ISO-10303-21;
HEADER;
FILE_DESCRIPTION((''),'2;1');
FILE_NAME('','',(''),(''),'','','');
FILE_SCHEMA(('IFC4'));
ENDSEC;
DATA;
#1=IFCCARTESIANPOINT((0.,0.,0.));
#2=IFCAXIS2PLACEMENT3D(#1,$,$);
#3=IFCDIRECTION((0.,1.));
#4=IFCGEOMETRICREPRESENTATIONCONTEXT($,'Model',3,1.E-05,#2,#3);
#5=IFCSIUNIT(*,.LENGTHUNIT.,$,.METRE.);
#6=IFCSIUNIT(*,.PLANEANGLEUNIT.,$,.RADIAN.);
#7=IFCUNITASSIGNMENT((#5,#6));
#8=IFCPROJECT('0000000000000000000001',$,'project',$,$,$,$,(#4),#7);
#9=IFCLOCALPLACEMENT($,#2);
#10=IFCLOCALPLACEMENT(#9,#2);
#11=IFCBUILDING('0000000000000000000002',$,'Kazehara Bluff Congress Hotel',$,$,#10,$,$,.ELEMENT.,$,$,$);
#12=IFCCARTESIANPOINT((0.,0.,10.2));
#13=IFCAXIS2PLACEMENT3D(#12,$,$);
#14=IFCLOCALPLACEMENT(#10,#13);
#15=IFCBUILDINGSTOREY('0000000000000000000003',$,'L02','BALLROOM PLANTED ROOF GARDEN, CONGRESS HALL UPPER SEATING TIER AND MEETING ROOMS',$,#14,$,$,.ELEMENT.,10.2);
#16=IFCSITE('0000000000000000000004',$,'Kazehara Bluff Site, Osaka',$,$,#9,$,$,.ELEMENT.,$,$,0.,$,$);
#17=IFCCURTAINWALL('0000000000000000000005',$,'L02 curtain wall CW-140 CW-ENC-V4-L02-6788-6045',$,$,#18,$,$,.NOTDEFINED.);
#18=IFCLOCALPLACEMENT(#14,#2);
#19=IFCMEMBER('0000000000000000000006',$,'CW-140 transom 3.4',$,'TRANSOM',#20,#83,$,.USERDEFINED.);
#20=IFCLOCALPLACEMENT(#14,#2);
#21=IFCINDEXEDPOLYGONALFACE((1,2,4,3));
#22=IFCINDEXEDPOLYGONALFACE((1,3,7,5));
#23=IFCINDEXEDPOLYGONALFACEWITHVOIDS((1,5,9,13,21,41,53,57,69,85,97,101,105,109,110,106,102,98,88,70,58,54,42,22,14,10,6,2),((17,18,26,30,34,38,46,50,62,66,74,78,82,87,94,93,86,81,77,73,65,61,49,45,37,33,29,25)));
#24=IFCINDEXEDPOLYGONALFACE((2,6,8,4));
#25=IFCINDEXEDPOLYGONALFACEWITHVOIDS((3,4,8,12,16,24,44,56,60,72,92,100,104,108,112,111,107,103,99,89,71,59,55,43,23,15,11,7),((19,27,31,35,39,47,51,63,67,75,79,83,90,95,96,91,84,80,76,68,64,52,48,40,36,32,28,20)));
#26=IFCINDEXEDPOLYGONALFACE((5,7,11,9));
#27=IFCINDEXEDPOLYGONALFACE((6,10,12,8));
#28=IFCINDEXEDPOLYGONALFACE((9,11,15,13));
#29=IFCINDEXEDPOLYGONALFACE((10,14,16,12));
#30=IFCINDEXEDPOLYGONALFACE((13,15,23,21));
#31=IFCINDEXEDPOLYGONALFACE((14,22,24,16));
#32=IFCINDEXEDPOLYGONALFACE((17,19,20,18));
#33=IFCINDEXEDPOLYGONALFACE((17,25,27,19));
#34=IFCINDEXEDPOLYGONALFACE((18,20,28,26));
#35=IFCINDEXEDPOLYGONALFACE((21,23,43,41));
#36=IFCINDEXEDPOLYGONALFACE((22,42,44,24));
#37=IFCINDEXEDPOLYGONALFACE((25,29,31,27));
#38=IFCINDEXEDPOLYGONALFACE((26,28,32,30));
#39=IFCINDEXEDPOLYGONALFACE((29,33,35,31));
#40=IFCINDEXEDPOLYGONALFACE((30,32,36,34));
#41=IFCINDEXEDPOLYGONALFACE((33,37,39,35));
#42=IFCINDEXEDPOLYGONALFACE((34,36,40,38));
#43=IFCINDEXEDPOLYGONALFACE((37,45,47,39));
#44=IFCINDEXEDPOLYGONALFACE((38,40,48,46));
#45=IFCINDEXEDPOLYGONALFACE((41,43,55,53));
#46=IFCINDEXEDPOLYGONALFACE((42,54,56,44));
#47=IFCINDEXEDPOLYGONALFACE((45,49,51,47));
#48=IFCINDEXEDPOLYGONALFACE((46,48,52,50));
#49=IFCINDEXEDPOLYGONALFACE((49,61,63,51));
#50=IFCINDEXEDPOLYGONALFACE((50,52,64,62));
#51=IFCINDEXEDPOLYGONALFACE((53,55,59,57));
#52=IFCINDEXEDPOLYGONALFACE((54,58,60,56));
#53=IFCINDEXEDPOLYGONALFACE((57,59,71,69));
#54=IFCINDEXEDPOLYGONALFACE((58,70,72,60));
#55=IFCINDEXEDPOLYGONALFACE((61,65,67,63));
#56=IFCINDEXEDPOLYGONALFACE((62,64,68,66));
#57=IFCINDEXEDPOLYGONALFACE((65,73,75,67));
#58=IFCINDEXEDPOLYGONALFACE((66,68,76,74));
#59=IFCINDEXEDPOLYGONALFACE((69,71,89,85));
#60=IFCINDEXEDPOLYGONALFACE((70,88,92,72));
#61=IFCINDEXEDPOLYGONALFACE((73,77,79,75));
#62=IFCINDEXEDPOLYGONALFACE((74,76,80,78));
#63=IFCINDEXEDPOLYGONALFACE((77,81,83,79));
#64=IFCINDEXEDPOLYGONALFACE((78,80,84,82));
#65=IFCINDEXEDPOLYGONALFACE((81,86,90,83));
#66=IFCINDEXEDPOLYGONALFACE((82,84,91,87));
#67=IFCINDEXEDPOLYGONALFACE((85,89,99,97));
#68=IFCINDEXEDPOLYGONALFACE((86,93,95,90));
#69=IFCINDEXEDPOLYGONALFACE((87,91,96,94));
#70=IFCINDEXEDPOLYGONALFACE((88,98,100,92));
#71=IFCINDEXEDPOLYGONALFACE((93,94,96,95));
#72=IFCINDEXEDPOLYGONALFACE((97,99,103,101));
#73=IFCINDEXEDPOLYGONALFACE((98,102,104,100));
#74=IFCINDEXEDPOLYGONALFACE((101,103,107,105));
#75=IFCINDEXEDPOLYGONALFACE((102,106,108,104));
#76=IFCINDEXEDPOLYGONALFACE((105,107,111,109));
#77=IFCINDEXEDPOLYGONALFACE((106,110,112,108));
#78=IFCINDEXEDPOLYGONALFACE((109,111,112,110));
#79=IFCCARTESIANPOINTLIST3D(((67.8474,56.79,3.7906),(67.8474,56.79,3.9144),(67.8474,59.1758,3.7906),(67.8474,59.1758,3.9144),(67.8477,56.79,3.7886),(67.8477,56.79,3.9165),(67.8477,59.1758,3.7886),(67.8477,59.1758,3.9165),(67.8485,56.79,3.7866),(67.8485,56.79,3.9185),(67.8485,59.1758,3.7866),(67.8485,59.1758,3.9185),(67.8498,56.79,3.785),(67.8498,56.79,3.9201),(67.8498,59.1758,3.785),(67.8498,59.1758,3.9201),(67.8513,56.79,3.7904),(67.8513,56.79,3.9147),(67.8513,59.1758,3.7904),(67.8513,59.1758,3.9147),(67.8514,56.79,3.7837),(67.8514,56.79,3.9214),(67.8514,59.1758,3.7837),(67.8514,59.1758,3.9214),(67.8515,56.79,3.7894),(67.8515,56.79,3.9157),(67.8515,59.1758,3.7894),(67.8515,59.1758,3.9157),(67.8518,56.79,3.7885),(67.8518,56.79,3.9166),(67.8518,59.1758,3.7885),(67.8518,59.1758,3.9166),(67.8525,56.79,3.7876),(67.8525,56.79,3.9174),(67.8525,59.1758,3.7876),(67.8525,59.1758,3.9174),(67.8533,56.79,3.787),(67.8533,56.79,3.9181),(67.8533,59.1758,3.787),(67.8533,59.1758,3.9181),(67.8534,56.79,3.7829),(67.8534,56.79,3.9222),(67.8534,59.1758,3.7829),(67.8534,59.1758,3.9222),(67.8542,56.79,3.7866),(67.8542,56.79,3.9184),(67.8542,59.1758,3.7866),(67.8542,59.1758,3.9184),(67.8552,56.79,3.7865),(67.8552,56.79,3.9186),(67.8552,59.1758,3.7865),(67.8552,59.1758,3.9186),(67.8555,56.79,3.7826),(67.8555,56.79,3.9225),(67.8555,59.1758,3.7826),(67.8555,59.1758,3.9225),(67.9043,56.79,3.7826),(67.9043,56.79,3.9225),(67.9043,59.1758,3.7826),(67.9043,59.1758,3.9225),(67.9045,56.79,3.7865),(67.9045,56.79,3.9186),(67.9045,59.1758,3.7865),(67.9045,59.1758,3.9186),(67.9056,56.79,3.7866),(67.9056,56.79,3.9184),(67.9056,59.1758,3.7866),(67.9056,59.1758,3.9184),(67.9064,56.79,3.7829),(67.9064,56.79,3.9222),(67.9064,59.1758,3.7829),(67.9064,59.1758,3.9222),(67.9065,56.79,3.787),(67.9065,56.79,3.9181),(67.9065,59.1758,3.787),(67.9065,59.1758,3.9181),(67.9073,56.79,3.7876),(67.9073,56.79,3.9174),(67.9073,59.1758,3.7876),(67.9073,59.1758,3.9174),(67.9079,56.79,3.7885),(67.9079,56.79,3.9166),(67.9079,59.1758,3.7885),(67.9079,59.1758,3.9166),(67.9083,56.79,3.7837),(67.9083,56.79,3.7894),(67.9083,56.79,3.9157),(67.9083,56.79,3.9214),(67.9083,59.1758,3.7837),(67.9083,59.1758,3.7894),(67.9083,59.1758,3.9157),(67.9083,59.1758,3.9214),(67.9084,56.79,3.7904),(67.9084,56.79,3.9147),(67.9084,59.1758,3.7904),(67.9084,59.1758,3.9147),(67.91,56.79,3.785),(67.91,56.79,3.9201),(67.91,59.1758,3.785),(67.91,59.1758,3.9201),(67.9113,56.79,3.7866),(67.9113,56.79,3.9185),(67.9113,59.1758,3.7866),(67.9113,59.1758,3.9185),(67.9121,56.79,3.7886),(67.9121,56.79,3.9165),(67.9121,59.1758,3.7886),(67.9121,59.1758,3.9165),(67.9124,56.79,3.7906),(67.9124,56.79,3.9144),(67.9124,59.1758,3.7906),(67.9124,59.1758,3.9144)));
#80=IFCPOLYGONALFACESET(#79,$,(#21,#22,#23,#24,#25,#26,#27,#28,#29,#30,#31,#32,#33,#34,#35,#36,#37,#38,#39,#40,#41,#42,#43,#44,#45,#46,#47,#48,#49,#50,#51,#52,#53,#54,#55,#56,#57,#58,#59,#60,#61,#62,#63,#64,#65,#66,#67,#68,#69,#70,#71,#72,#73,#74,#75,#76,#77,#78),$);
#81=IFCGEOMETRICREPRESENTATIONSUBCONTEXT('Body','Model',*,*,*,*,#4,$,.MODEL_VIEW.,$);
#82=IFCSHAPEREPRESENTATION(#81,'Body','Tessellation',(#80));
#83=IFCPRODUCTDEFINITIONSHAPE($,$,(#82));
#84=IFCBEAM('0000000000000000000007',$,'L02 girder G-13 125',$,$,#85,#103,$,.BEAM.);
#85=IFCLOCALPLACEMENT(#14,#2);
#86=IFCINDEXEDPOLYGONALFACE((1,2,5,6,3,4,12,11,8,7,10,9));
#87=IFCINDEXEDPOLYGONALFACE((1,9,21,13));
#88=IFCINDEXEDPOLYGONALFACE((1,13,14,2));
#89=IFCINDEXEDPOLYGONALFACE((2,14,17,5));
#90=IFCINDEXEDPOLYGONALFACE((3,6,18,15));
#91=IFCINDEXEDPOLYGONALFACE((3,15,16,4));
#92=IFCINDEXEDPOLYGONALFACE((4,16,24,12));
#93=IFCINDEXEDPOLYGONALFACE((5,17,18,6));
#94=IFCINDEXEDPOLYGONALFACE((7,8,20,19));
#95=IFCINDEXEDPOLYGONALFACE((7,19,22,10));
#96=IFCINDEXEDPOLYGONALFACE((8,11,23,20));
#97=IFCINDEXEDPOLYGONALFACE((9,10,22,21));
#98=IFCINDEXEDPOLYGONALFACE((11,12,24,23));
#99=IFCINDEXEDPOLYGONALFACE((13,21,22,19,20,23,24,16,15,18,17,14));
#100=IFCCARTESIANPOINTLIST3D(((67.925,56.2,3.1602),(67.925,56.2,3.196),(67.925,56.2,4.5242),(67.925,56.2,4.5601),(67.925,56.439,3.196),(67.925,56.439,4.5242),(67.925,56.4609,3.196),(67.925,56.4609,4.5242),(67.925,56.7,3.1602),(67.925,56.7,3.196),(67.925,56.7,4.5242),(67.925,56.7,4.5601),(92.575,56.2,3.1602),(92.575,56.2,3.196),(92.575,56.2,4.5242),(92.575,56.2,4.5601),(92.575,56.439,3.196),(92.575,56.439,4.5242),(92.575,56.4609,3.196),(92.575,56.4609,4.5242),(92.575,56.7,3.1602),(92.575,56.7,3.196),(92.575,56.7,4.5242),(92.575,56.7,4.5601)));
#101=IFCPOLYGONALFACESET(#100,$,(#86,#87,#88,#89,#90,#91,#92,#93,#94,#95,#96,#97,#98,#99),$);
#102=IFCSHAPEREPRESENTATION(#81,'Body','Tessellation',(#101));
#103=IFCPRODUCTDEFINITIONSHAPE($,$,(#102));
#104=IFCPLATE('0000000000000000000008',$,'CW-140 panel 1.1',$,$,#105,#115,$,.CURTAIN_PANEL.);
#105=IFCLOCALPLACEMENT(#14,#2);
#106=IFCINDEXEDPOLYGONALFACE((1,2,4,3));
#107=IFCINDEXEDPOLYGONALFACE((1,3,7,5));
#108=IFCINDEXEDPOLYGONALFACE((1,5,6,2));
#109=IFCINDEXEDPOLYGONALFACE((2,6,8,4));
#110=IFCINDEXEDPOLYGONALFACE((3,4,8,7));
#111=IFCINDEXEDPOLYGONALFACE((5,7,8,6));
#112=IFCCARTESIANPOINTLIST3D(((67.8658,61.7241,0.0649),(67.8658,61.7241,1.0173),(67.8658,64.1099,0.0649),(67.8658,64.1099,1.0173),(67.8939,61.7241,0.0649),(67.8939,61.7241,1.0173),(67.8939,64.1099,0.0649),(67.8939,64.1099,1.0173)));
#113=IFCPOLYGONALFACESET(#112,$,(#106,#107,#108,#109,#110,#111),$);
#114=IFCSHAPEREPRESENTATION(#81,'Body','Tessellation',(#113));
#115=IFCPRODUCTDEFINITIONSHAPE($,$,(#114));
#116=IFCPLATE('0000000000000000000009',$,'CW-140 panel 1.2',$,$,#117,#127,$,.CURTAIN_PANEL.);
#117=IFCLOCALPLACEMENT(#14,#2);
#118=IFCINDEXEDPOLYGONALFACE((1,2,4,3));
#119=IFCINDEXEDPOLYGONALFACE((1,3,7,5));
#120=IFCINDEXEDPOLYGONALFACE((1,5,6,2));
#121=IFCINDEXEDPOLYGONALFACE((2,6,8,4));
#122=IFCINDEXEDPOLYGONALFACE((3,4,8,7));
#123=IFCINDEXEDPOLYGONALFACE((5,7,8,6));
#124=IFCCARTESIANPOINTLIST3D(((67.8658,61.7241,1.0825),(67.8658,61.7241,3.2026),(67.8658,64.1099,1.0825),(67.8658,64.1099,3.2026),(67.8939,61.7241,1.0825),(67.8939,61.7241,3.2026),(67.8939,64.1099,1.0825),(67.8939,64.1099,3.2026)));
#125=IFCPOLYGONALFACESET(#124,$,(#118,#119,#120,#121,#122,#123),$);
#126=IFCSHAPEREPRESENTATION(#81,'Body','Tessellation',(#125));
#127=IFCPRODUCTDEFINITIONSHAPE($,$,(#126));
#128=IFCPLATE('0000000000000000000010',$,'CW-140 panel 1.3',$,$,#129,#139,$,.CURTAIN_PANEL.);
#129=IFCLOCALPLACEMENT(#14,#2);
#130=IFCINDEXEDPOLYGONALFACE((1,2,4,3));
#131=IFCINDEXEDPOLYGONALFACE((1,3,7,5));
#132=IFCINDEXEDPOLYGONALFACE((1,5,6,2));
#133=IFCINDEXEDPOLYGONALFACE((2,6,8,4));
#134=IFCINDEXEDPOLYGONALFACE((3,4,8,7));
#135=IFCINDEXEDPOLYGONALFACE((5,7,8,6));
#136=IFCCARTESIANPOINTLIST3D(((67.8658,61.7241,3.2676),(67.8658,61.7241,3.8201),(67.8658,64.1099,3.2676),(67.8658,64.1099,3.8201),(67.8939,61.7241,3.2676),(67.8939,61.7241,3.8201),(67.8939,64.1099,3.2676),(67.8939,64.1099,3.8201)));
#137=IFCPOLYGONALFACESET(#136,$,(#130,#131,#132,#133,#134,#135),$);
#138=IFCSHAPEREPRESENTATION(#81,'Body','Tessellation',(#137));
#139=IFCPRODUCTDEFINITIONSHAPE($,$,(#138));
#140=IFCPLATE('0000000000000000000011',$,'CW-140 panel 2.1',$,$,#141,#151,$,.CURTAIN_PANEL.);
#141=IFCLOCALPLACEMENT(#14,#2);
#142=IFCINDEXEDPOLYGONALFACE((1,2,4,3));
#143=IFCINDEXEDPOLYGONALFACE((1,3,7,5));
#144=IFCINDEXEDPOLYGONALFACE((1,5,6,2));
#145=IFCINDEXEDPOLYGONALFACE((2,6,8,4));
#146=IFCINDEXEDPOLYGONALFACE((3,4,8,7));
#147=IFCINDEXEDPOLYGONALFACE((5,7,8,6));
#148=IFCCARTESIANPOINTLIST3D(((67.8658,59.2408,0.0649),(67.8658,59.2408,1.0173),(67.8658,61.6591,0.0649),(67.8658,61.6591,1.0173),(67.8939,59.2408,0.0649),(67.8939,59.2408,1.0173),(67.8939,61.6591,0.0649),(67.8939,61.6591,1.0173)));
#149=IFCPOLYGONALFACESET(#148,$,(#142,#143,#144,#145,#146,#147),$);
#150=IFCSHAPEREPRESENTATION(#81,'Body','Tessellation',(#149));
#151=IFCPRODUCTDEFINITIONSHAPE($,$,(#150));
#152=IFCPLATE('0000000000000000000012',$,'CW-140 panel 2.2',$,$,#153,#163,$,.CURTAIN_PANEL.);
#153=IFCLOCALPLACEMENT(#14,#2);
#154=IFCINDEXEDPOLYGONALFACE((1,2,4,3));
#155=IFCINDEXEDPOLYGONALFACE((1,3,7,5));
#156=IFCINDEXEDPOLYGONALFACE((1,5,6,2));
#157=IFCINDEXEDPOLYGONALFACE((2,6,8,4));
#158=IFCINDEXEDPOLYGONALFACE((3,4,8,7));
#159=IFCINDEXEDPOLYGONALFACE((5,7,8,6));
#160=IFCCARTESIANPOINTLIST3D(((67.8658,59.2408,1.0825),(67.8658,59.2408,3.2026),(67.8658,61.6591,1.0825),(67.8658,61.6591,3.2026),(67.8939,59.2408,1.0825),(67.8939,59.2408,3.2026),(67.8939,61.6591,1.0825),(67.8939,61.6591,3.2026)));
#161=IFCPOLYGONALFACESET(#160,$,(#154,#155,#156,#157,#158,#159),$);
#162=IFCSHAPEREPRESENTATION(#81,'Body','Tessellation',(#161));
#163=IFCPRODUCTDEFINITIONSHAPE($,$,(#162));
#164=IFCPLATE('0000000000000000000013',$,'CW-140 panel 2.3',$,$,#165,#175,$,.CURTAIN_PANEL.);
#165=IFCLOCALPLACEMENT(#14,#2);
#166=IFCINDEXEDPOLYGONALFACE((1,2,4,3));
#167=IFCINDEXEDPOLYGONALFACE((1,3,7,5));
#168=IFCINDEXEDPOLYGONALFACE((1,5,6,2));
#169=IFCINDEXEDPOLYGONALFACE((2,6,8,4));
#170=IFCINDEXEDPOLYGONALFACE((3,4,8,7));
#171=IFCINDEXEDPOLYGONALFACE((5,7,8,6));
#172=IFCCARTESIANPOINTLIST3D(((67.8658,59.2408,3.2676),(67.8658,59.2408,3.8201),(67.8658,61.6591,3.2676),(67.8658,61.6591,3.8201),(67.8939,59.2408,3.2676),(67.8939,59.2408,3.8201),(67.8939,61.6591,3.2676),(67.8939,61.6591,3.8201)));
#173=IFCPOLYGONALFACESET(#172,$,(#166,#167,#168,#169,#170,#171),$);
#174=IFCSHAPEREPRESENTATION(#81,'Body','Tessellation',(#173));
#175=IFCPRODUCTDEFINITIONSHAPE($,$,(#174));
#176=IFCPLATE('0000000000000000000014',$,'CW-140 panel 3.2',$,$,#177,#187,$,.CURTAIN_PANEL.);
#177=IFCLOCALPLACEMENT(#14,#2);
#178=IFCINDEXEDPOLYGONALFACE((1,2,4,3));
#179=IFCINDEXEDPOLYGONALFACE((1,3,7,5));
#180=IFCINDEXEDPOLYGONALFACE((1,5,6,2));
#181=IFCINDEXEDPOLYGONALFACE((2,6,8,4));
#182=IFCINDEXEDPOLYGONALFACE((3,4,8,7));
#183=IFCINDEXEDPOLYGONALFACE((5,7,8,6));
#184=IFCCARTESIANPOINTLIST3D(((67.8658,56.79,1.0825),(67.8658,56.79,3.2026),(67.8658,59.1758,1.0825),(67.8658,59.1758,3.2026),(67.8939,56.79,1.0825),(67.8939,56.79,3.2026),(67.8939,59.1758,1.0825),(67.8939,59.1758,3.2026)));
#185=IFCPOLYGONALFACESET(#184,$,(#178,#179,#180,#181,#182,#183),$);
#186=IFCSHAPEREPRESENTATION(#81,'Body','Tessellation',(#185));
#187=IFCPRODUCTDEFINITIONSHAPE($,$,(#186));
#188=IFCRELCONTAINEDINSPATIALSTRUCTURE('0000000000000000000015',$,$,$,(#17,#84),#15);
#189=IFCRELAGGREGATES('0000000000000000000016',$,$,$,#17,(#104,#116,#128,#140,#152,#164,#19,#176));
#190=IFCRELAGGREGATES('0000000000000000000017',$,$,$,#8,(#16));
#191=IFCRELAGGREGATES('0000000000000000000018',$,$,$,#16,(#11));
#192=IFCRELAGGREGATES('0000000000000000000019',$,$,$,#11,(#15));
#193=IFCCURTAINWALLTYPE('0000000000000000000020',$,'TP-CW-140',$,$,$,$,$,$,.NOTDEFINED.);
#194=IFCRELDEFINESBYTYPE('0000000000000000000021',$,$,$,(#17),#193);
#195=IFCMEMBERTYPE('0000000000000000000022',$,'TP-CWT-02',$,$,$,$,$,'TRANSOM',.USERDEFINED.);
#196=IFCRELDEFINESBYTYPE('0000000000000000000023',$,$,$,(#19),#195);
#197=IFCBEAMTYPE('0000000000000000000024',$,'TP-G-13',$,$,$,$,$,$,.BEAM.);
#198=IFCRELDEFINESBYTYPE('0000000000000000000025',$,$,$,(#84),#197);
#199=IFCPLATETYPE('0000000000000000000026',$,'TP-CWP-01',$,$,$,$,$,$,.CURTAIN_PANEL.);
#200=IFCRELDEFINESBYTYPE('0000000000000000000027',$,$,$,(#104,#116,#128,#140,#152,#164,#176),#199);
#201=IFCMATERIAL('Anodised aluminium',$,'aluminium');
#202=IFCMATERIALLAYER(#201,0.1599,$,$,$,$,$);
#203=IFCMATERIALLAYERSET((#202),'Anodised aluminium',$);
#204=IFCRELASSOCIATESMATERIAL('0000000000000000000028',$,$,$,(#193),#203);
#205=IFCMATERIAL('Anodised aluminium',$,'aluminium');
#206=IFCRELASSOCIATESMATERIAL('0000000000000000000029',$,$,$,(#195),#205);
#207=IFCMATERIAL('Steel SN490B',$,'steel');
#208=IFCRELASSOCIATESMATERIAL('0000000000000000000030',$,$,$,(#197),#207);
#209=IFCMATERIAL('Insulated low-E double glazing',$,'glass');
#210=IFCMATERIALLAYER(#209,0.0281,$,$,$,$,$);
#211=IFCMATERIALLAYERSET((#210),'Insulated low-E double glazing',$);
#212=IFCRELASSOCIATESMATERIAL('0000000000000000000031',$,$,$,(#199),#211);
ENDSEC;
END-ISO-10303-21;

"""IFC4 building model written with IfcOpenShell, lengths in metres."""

from ifc_helpers import new_model, si_unit, direction, frame, origin, origin_2d, place, context, subcontext, project, spatial, rectangle, hollow_rectangle, i_section, extrude, material, layer, layer_set, material_profile, profile_set, type_object, element, aggregate, save


model = new_model("IFC4")

# Units and contexts
model_context = context("Model", 3, precision=1e-05, world=origin(), true_north=direction((0.0, 1.0)))
body_context = subcontext(model_context, "Body", "Model", "MODEL_VIEW")
ifc_project = project(units=[si_unit("LENGTHUNIT", "METRE"), si_unit("PLANEANGLEUNIT", "RADIAN")], contexts=[model_context])

# Site, building, storey
site_placement = place(None, origin())
site = spatial("IfcSite", under=ifc_project, at=site_placement, Name="Kazehara Bluff Site, Osaka", CompositionType="ELEMENT", RefElevation=0.0)
building_placement = place(site_placement, origin())
building = spatial("IfcBuilding", under=site, at=building_placement, Name="Kazehara Bluff Congress Hotel", CompositionType="ELEMENT")
storey_placement = place(building_placement, frame((0.0, 0.0, 10.2)))
storey = spatial("IfcBuildingStorey", under=building, at=storey_placement, Name="L02", Description="BALLROOM PLANTED ROOF GARDEN, CONGRESS HALL UPPER SEATING TIER AND MEETING ROOMS", CompositionType="ELEMENT", Elevation=10.2)

# Curtain wall, member
ifc_material_1 = material(Name="Anodised aluminium", Category="aluminium")
ifc_layer_1 = layer(ifc_material_1, 0.1599)
ifc_layer_set_1 = layer_set([ifc_layer_1], Name="Anodised aluminium")
curtain_wall_type = type_object("IfcCurtainWallType", Name="TP-CW-140", PredefinedType="NOTDEFINED", material=ifc_layer_set_1)
curtain_wall_placement = place(storey_placement, origin())
curtain_wall = element("IfcCurtainWall", 1, at=curtain_wall_placement, inside=storey, type_object=curtain_wall_type, Name="L02 curtain wall CW-140 CW-ENC-V4-L02-6788-6045", PredefinedType="NOTDEFINED")
ifc_material_2 = material(Name="Anodised aluminium", Category="aluminium")
ifc_material_profile_1 = material_profile(ifc_material_2, hollow_rectangle(XDim=0.0649, YDim=0.1399, WallThickness=0.0039, InnerFilletRadius=0.0039, OuterFilletRadius=0.0081, at=origin_2d()))
ifc_profile_set_1 = profile_set([ifc_material_profile_1], Name="Anodised aluminium")
member_type_1 = type_object("IfcMemberType", Name="TP-CWT-02", ElementType="TRANSOM", PredefinedType="USERDEFINED", material=ifc_profile_set_1)
member_1_placement = place(storey_placement, frame((67.8799, 59.1758, 3.8525), z_axis=(0.0, -1.0, 0.0), x_axis=(1.0, 0.0, 0.0)))
member_1 = element("IfcMember", 2, at=member_1_placement, type_object=member_type_1, Name="CW-140 transom 3.4", ObjectType="TRANSOM", PredefinedType="USERDEFINED", context=body_context, shape_type="SweptSolid", body=[
    extrude(hollow_rectangle(XDim=0.0649, YDim=0.1399, WallThickness=0.0039, InnerFilletRadius=0.0039, OuterFilletRadius=0.0081, at=origin_2d()), origin(), (0.0, 0.0, 1.0), 2.3857),
])

# Beam
ifc_material_3 = material(Name="Steel SN490B", Category="steel")
ifc_material_profile_2 = material_profile(ifc_material_3, i_section(OverallWidth=0.5, OverallDepth=1.3999, WebThickness=0.022, FlangeThickness=0.0359, at=origin_2d()))
ifc_profile_set_2 = profile_set([ifc_material_profile_2], Name="Steel SN490B")
beam_type = type_object("IfcBeamType", Name="TP-G-13", PredefinedType="BEAM", material=ifc_profile_set_2)
beam_placement = place(storey_placement, frame((67.925, 56.45, 3.8601), z_axis=(1.0, 0.0, 0.0), x_axis=(0.0, 1.0, 0.0)))
element("IfcBeam", 3, at=beam_placement, inside=storey, type_object=beam_type, Name="L02 girder G-13 125", PredefinedType="BEAM", context=body_context, shape_type="SweptSolid", body=[
    extrude(i_section(OverallWidth=0.5, OverallDepth=1.3999, WebThickness=0.022, FlangeThickness=0.0359, at=origin_2d()), origin(), (0.0, 0.0, 1.0), 24.6499),
])

# Plates
ifc_material_4 = material(Name="Insulated low-E double glazing", Category="glass")
ifc_layer_2 = layer(ifc_material_4, 0.0281)
ifc_layer_set_2 = layer_set([ifc_layer_2], Name="Insulated low-E double glazing")
plate_type = type_object("IfcPlateType", Name="TP-CWP-01", PredefinedType="CURTAIN_PANEL", material=ifc_layer_set_2)
plate_1_placement = place(storey_placement, frame((67.8799, 62.917, 0.0649), z_axis=(0.0, 0.0, 1.0), x_axis=(0.0, -1.0, 0.0)))
plate_1 = element("IfcPlate", 4, at=plate_1_placement, type_object=plate_type, Name="CW-140 panel 1.1", PredefinedType="CURTAIN_PANEL", context=body_context, shape_type="SweptSolid", body=[
    extrude(rectangle(XDim=2.3857, YDim=0.0281, at=origin_2d()), origin(), (0.0, 0.0, 1.0), 0.9524),
])
plate_2_placement = place(storey_placement, frame((67.8799, 62.917, 1.0825), z_axis=(0.0, 0.0, 1.0), x_axis=(0.0, -1.0, 0.0)))
plate_2 = element("IfcPlate", 5, at=plate_2_placement, type_object=plate_type, Name="CW-140 panel 1.2", PredefinedType="CURTAIN_PANEL", context=body_context, shape_type="SweptSolid", body=[
    extrude(rectangle(XDim=2.3857, YDim=0.0281, at=origin_2d()), origin(), (0.0, 0.0, 1.0), 2.1201),
])
plate_3_placement = place(storey_placement, frame((67.8799, 62.917, 3.2676), z_axis=(0.0, 0.0, 1.0), x_axis=(0.0, -1.0, 0.0)))
plate_3 = element("IfcPlate", 6, at=plate_3_placement, type_object=plate_type, Name="CW-140 panel 1.3", PredefinedType="CURTAIN_PANEL", context=body_context, shape_type="SweptSolid", body=[
    extrude(rectangle(XDim=2.3857, YDim=0.0281, at=origin_2d()), origin(), (0.0, 0.0, 1.0), 0.5525),
])
plate_4_placement = place(storey_placement, frame((67.8799, 60.45, 0.0649), z_axis=(0.0, 0.0, 1.0), x_axis=(0.0, -1.0, 0.0)))
plate_4 = element("IfcPlate", 7, at=plate_4_placement, type_object=plate_type, Name="CW-140 panel 2.1", PredefinedType="CURTAIN_PANEL", context=body_context, shape_type="SweptSolid", body=[
    extrude(rectangle(XDim=2.4182, YDim=0.0281, at=origin_2d()), origin(), (0.0, 0.0, 1.0), 0.9524),
])
plate_5_placement = place(storey_placement, frame((67.8799, 60.45, 1.0825), z_axis=(0.0, 0.0, 1.0), x_axis=(0.0, -1.0, 0.0)))
plate_5 = element("IfcPlate", 8, at=plate_5_placement, type_object=plate_type, Name="CW-140 panel 2.2", PredefinedType="CURTAIN_PANEL", context=body_context, shape_type="SweptSolid", body=[
    extrude(rectangle(XDim=2.4182, YDim=0.0281, at=origin_2d()), origin(), (0.0, 0.0, 1.0), 2.1201),
])
plate_6_placement = place(storey_placement, frame((67.8799, 60.45, 3.2676), z_axis=(0.0, 0.0, 1.0), x_axis=(0.0, -1.0, 0.0)))
plate_6 = element("IfcPlate", 9, at=plate_6_placement, type_object=plate_type, Name="CW-140 panel 2.3", PredefinedType="CURTAIN_PANEL", context=body_context, shape_type="SweptSolid", body=[
    extrude(rectangle(XDim=2.4182, YDim=0.0281, at=origin_2d()), origin(), (0.0, 0.0, 1.0), 0.5525),
])
plate_7_placement = place(storey_placement, frame((67.8799, 57.9829, 1.0825), z_axis=(0.0, 0.0, 1.0), x_axis=(0.0, -1.0, 0.0)))
plate_7 = element("IfcPlate", 10, at=plate_7_placement, type_object=plate_type, Name="CW-140 panel 3.2", PredefinedType="CURTAIN_PANEL", context=body_context, shape_type="SweptSolid", body=[
    extrude(rectangle(XDim=2.3857, YDim=0.0281, at=origin_2d()), origin(), (0.0, 0.0, 1.0), 2.1201),
])
aggregate(curtain_wall, [plate_1, plate_2, plate_3, plate_4, plate_5, plate_6, member_1, plate_7])

save(model, "model.ifc")
